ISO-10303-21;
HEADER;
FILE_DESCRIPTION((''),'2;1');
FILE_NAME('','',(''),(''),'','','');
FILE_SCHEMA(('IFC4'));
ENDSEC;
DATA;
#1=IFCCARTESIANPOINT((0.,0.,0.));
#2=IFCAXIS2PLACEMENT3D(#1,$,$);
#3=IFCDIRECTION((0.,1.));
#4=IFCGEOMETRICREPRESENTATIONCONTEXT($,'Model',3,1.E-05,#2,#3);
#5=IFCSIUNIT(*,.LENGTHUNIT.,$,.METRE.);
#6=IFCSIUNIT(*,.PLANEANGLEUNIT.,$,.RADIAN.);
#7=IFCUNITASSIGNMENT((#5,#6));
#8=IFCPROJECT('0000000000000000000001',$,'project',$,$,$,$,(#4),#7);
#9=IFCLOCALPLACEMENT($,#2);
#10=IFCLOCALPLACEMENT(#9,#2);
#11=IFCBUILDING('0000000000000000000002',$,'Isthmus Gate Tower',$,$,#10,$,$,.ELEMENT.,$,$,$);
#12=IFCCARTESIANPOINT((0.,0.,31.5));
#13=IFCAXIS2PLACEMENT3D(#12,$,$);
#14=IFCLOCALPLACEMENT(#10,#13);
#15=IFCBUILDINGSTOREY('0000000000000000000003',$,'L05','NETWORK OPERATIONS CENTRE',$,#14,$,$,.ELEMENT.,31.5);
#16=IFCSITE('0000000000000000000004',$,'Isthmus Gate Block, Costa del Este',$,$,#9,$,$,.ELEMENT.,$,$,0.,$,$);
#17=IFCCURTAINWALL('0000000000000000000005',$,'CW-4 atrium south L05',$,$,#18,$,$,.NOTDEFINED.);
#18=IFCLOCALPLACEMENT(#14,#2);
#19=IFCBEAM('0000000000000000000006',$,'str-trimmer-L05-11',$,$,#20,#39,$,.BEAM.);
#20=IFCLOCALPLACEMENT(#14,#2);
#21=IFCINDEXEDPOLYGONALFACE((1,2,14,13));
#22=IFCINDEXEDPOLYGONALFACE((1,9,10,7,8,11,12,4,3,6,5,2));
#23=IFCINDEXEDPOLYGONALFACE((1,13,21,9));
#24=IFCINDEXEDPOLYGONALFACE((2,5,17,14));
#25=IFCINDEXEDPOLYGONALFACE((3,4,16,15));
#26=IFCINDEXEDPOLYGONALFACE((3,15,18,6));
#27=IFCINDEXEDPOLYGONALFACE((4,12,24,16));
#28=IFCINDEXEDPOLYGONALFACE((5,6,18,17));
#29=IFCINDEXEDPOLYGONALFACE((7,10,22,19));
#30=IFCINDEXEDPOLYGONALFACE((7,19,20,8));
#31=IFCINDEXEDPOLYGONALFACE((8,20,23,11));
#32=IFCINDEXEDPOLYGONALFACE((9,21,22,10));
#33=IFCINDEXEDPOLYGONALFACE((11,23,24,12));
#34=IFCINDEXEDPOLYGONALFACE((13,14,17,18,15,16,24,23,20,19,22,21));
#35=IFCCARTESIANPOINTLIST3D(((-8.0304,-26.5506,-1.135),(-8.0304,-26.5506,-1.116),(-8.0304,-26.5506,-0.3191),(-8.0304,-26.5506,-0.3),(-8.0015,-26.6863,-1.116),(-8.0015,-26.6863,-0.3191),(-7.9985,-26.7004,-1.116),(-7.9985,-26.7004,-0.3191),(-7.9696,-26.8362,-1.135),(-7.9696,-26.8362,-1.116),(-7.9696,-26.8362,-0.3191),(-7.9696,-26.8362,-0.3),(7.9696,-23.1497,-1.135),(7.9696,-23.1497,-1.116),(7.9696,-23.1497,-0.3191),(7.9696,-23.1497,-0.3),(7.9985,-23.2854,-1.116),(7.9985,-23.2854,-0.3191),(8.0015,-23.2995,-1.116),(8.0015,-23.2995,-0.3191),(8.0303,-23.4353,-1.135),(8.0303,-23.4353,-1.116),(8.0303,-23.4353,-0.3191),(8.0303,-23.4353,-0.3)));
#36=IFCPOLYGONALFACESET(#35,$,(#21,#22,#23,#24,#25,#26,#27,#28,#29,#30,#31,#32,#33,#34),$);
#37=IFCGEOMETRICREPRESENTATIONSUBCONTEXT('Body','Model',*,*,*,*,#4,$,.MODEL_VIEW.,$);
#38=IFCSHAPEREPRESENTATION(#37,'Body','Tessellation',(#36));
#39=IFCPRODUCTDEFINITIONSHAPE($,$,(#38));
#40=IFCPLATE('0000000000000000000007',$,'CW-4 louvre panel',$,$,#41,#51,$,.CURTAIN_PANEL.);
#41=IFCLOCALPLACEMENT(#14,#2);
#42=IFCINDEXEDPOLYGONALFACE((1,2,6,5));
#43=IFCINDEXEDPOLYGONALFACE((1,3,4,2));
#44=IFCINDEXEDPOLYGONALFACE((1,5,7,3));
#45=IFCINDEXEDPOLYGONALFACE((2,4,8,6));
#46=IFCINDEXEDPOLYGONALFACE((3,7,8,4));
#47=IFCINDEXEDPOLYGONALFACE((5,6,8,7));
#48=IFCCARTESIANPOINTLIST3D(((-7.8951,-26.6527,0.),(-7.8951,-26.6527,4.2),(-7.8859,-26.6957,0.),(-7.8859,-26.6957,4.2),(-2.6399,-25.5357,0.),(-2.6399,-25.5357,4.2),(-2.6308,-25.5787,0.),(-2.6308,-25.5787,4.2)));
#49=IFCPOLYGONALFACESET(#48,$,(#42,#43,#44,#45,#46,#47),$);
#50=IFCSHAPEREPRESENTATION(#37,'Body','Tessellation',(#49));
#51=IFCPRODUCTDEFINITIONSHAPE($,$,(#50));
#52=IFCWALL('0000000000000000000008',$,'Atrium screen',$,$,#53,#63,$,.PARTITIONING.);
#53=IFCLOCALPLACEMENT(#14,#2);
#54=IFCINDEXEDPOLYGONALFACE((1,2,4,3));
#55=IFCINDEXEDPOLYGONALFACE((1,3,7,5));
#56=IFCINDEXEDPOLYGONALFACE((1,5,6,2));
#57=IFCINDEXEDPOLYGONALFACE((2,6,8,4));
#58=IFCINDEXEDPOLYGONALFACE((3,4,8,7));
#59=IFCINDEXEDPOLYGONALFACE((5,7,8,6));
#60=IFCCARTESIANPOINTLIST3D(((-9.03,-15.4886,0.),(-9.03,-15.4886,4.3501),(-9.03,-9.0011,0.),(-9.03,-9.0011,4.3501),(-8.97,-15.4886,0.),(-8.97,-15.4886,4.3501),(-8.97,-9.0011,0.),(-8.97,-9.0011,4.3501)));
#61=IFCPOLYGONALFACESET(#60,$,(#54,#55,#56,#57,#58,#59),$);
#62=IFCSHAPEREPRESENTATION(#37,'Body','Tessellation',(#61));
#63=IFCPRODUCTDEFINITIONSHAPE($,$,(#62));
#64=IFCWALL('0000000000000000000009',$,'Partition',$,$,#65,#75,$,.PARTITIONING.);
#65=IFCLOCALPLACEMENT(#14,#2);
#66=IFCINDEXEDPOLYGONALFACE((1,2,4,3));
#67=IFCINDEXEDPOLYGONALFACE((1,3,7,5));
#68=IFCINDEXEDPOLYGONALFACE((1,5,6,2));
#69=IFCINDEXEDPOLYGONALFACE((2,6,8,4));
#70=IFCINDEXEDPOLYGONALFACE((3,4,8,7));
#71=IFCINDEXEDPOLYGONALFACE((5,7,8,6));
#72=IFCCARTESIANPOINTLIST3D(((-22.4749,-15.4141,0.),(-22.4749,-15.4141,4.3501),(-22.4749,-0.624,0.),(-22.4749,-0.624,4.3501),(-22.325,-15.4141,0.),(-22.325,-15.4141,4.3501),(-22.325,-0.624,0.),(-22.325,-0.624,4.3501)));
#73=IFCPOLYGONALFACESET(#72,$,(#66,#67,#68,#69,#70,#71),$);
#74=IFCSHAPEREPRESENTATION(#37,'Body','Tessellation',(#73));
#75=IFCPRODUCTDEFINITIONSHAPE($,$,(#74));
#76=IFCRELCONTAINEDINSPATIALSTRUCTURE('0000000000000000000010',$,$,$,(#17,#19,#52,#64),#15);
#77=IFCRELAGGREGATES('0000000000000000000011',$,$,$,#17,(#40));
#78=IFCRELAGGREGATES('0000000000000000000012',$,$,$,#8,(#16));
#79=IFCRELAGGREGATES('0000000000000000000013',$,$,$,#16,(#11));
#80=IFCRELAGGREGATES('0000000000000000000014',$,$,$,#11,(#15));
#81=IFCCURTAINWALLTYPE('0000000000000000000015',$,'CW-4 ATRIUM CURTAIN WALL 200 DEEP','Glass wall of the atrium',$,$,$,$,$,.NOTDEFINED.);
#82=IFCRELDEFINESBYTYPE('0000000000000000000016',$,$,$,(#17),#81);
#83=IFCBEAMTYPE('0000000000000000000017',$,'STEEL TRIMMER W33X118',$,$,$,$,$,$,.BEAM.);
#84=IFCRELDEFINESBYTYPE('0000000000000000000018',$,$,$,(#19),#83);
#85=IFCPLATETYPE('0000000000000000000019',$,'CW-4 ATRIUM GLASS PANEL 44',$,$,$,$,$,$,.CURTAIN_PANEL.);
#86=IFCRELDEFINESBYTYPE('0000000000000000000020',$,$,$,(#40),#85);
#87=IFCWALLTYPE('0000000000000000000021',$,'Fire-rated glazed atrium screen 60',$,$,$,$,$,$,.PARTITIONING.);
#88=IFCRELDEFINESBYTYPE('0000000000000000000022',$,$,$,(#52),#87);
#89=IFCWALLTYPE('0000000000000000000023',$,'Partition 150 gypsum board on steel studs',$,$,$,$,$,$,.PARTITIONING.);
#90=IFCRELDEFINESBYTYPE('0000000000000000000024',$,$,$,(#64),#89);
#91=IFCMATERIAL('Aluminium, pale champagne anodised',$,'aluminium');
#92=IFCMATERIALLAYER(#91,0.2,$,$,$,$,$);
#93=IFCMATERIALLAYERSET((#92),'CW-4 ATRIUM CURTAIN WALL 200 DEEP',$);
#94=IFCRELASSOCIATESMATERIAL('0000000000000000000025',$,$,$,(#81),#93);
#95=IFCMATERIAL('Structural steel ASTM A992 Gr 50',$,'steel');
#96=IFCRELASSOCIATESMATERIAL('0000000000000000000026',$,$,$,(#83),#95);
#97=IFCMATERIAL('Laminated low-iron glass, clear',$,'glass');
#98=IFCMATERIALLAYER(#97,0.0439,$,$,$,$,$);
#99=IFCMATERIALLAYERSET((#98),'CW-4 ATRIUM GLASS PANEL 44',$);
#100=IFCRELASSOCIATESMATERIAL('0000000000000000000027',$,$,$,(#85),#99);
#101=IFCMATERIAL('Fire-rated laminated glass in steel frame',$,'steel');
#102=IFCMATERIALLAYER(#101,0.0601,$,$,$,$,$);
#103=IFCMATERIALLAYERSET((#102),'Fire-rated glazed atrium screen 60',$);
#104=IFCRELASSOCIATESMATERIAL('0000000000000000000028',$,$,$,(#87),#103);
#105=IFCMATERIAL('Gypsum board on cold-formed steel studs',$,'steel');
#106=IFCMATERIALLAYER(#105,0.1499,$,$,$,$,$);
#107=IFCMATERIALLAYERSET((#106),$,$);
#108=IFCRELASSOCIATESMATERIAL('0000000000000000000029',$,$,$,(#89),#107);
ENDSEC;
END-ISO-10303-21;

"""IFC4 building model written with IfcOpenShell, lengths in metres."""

from ifc_helpers import new_model, si_unit, direction, frame, frame_2d, origin, origin_2d, place, context, subcontext, project, spatial, rectangle, i_section, extrude, material, layer, layer_set, material_profile, profile_set, type_object, element, aggregate, save


model = new_model("IFC4")

# Units and contexts
model_context = context("Model", 3, precision=1e-05, world=origin(), true_north=direction((0.0, 1.0)))
body_context = subcontext(model_context, "Body", "Model", "MODEL_VIEW")
ifc_project = project(units=[si_unit("LENGTHUNIT", "METRE"), si_unit("PLANEANGLEUNIT", "RADIAN")], contexts=[model_context])

# Site, building, storey
site_placement = place(None, origin())
site = spatial("IfcSite", under=ifc_project, at=site_placement, Name="Isthmus Gate Block, Costa del Este", CompositionType="ELEMENT", RefElevation=0.0)
building_placement = place(site_placement, origin())
building = spatial("IfcBuilding", under=site, at=building_placement, Name="Isthmus Gate Tower", CompositionType="ELEMENT")
storey_placement = place(building_placement, frame((0.0, 0.0, 31.5)))
storey = spatial("IfcBuildingStorey", under=building, at=storey_placement, Name="L05", Description="NETWORK OPERATIONS CENTRE", CompositionType="ELEMENT", Elevation=31.5)

# Curtain wall
ifc_material_1 = material(Name="Aluminium, pale champagne anodised", Category="aluminium")
ifc_layer_1 = layer(ifc_material_1, 0.2)
ifc_layer_set_1 = layer_set([ifc_layer_1], Name="CW-4 ATRIUM CURTAIN WALL 200 DEEP")
curtain_wall_type = type_object("IfcCurtainWallType", Name="CW-4 ATRIUM CURTAIN WALL 200 DEEP", Description="Glass wall of the atrium", PredefinedType="NOTDEFINED", material=ifc_layer_set_1)
curtain_wall_placement = place(storey_placement, origin())
curtain_wall = element("IfcCurtainWall", 1, at=curtain_wall_placement, inside=storey, type_object=curtain_wall_type, Name="CW-4 atrium south L05", PredefinedType="NOTDEFINED")

# Beam
ifc_material_2 = material(Name="Structural steel ASTM A992 Gr 50", Category="steel")
ifc_material_profile_1 = material_profile(ifc_material_2, i_section(OverallWidth=0.292, OverallDepth=0.835, WebThickness=0.0144, FlangeThickness=0.019, at=origin_2d()), Name="W33X118")
ifc_profile_set_1 = profile_set([ifc_material_profile_1], Name="Structural steel ASTM A992 Gr 50")
beam_type_1 = type_object("IfcBeamType", Name="STEEL TRIMMER W33X118", PredefinedType="BEAM", material=ifc_profile_set_1)
beam_1_placement = place(storey_placement, frame((-8.0, -26.6934, -0.7175), z_axis=(0.978148, 0.20791, 0.0), x_axis=(-0.20791, 0.978148, 0.0)))
element("IfcBeam", 2, at=beam_1_placement, inside=storey, type_object=beam_type_1, Name="str-trimmer-L05-11", PredefinedType="BEAM", context=body_context, shape_type="SweptSolid", body=[
    extrude(i_section(OverallWidth=0.292, OverallDepth=0.835, WebThickness=0.0144, FlangeThickness=0.019, at=origin_2d()), origin(), (0.0, 0.0, 1.0), 16.3574),
])

# Plate
ifc_material_3 = material(Name="Laminated low-iron glass, clear", Category="glass")
ifc_layer_2 = layer(ifc_material_3, 0.0439)
ifc_layer_set_2 = layer_set([ifc_layer_2], Name="CW-4 ATRIUM GLASS PANEL 44")
plate_type = type_object("IfcPlateType", Name="CW-4 ATRIUM GLASS PANEL 44", PredefinedType="CURTAIN_PANEL", material=ifc_layer_set_2)
plate_placement = place(storey_placement, frame((-5.2629, -26.1157, 0.0), z_axis=(0.0, 0.0, 1.0), x_axis=(0.978148, 0.207912, 0.0)))
plate = element("IfcPlate", 3, at=plate_placement, type_object=plate_type, Name="CW-4 louvre panel", PredefinedType="CURTAIN_PANEL", context=body_context, shape_type="SweptSolid", body=[
    extrude(rectangle(XDim=5.3726, YDim=0.0439, at=origin_2d()), origin(), (0.0, 0.0, 1.0), 4.2),
])
aggregate(curtain_wall, [plate])

# Walls
ifc_material_4 = material(Name="Fire-rated laminated glass in steel frame", Category="steel")
ifc_layer_3 = layer(ifc_material_4, 0.0601)
ifc_layer_set_3 = layer_set([ifc_layer_3], Name="Fire-rated glazed atrium screen 60")
wall_type_1 = type_object("IfcWallType", Name="Fire-rated glazed atrium screen 60", PredefinedType="PARTITIONING", material=ifc_layer_set_3)
wall_1_placement = place(storey_placement, frame((-9.0, -15.4885, 0.0), z_axis=(0.0, 0.0, 1.0), x_axis=(0.0, 1.0, 0.0)))
element("IfcWall", 4, at=wall_1_placement, inside=storey, type_object=wall_type_1, Name="Atrium screen", PredefinedType="PARTITIONING", context=body_context, shape_type="SweptSolid", body=[
    extrude(rectangle(XDim=6.4875, YDim=0.0601, at=frame_2d((3.2437, 0.0))), origin(), (0.0, 0.0, 1.0), 4.3501),
])
ifc_material_5 = material(Name="Gypsum board on cold-formed steel studs", Category="steel")
ifc_layer_4 = layer(ifc_material_5, 0.1499)
ifc_layer_set_4 = layer_set([ifc_layer_4])
wall_type_2 = type_object("IfcWallType", Name="Partition 150 gypsum board on steel studs", PredefinedType="PARTITIONING", material=ifc_layer_set_4)
wall_2_placement = place(storey_placement, frame((-22.3999, -15.4141, 0.0), z_axis=(0.0, 0.0, 1.0), x_axis=(0.0, 1.0, 0.0)))
element("IfcWall", 5, at=wall_2_placement, inside=storey, type_object=wall_type_2, Name="Partition", PredefinedType="PARTITIONING", context=body_context, shape_type="SweptSolid", body=[
    extrude(rectangle(XDim=14.79, YDim=0.1499, at=frame_2d((7.395, 0.0))), origin(), (0.0, 0.0, 1.0), 4.3501),
])

save(model, "model.ifc")
